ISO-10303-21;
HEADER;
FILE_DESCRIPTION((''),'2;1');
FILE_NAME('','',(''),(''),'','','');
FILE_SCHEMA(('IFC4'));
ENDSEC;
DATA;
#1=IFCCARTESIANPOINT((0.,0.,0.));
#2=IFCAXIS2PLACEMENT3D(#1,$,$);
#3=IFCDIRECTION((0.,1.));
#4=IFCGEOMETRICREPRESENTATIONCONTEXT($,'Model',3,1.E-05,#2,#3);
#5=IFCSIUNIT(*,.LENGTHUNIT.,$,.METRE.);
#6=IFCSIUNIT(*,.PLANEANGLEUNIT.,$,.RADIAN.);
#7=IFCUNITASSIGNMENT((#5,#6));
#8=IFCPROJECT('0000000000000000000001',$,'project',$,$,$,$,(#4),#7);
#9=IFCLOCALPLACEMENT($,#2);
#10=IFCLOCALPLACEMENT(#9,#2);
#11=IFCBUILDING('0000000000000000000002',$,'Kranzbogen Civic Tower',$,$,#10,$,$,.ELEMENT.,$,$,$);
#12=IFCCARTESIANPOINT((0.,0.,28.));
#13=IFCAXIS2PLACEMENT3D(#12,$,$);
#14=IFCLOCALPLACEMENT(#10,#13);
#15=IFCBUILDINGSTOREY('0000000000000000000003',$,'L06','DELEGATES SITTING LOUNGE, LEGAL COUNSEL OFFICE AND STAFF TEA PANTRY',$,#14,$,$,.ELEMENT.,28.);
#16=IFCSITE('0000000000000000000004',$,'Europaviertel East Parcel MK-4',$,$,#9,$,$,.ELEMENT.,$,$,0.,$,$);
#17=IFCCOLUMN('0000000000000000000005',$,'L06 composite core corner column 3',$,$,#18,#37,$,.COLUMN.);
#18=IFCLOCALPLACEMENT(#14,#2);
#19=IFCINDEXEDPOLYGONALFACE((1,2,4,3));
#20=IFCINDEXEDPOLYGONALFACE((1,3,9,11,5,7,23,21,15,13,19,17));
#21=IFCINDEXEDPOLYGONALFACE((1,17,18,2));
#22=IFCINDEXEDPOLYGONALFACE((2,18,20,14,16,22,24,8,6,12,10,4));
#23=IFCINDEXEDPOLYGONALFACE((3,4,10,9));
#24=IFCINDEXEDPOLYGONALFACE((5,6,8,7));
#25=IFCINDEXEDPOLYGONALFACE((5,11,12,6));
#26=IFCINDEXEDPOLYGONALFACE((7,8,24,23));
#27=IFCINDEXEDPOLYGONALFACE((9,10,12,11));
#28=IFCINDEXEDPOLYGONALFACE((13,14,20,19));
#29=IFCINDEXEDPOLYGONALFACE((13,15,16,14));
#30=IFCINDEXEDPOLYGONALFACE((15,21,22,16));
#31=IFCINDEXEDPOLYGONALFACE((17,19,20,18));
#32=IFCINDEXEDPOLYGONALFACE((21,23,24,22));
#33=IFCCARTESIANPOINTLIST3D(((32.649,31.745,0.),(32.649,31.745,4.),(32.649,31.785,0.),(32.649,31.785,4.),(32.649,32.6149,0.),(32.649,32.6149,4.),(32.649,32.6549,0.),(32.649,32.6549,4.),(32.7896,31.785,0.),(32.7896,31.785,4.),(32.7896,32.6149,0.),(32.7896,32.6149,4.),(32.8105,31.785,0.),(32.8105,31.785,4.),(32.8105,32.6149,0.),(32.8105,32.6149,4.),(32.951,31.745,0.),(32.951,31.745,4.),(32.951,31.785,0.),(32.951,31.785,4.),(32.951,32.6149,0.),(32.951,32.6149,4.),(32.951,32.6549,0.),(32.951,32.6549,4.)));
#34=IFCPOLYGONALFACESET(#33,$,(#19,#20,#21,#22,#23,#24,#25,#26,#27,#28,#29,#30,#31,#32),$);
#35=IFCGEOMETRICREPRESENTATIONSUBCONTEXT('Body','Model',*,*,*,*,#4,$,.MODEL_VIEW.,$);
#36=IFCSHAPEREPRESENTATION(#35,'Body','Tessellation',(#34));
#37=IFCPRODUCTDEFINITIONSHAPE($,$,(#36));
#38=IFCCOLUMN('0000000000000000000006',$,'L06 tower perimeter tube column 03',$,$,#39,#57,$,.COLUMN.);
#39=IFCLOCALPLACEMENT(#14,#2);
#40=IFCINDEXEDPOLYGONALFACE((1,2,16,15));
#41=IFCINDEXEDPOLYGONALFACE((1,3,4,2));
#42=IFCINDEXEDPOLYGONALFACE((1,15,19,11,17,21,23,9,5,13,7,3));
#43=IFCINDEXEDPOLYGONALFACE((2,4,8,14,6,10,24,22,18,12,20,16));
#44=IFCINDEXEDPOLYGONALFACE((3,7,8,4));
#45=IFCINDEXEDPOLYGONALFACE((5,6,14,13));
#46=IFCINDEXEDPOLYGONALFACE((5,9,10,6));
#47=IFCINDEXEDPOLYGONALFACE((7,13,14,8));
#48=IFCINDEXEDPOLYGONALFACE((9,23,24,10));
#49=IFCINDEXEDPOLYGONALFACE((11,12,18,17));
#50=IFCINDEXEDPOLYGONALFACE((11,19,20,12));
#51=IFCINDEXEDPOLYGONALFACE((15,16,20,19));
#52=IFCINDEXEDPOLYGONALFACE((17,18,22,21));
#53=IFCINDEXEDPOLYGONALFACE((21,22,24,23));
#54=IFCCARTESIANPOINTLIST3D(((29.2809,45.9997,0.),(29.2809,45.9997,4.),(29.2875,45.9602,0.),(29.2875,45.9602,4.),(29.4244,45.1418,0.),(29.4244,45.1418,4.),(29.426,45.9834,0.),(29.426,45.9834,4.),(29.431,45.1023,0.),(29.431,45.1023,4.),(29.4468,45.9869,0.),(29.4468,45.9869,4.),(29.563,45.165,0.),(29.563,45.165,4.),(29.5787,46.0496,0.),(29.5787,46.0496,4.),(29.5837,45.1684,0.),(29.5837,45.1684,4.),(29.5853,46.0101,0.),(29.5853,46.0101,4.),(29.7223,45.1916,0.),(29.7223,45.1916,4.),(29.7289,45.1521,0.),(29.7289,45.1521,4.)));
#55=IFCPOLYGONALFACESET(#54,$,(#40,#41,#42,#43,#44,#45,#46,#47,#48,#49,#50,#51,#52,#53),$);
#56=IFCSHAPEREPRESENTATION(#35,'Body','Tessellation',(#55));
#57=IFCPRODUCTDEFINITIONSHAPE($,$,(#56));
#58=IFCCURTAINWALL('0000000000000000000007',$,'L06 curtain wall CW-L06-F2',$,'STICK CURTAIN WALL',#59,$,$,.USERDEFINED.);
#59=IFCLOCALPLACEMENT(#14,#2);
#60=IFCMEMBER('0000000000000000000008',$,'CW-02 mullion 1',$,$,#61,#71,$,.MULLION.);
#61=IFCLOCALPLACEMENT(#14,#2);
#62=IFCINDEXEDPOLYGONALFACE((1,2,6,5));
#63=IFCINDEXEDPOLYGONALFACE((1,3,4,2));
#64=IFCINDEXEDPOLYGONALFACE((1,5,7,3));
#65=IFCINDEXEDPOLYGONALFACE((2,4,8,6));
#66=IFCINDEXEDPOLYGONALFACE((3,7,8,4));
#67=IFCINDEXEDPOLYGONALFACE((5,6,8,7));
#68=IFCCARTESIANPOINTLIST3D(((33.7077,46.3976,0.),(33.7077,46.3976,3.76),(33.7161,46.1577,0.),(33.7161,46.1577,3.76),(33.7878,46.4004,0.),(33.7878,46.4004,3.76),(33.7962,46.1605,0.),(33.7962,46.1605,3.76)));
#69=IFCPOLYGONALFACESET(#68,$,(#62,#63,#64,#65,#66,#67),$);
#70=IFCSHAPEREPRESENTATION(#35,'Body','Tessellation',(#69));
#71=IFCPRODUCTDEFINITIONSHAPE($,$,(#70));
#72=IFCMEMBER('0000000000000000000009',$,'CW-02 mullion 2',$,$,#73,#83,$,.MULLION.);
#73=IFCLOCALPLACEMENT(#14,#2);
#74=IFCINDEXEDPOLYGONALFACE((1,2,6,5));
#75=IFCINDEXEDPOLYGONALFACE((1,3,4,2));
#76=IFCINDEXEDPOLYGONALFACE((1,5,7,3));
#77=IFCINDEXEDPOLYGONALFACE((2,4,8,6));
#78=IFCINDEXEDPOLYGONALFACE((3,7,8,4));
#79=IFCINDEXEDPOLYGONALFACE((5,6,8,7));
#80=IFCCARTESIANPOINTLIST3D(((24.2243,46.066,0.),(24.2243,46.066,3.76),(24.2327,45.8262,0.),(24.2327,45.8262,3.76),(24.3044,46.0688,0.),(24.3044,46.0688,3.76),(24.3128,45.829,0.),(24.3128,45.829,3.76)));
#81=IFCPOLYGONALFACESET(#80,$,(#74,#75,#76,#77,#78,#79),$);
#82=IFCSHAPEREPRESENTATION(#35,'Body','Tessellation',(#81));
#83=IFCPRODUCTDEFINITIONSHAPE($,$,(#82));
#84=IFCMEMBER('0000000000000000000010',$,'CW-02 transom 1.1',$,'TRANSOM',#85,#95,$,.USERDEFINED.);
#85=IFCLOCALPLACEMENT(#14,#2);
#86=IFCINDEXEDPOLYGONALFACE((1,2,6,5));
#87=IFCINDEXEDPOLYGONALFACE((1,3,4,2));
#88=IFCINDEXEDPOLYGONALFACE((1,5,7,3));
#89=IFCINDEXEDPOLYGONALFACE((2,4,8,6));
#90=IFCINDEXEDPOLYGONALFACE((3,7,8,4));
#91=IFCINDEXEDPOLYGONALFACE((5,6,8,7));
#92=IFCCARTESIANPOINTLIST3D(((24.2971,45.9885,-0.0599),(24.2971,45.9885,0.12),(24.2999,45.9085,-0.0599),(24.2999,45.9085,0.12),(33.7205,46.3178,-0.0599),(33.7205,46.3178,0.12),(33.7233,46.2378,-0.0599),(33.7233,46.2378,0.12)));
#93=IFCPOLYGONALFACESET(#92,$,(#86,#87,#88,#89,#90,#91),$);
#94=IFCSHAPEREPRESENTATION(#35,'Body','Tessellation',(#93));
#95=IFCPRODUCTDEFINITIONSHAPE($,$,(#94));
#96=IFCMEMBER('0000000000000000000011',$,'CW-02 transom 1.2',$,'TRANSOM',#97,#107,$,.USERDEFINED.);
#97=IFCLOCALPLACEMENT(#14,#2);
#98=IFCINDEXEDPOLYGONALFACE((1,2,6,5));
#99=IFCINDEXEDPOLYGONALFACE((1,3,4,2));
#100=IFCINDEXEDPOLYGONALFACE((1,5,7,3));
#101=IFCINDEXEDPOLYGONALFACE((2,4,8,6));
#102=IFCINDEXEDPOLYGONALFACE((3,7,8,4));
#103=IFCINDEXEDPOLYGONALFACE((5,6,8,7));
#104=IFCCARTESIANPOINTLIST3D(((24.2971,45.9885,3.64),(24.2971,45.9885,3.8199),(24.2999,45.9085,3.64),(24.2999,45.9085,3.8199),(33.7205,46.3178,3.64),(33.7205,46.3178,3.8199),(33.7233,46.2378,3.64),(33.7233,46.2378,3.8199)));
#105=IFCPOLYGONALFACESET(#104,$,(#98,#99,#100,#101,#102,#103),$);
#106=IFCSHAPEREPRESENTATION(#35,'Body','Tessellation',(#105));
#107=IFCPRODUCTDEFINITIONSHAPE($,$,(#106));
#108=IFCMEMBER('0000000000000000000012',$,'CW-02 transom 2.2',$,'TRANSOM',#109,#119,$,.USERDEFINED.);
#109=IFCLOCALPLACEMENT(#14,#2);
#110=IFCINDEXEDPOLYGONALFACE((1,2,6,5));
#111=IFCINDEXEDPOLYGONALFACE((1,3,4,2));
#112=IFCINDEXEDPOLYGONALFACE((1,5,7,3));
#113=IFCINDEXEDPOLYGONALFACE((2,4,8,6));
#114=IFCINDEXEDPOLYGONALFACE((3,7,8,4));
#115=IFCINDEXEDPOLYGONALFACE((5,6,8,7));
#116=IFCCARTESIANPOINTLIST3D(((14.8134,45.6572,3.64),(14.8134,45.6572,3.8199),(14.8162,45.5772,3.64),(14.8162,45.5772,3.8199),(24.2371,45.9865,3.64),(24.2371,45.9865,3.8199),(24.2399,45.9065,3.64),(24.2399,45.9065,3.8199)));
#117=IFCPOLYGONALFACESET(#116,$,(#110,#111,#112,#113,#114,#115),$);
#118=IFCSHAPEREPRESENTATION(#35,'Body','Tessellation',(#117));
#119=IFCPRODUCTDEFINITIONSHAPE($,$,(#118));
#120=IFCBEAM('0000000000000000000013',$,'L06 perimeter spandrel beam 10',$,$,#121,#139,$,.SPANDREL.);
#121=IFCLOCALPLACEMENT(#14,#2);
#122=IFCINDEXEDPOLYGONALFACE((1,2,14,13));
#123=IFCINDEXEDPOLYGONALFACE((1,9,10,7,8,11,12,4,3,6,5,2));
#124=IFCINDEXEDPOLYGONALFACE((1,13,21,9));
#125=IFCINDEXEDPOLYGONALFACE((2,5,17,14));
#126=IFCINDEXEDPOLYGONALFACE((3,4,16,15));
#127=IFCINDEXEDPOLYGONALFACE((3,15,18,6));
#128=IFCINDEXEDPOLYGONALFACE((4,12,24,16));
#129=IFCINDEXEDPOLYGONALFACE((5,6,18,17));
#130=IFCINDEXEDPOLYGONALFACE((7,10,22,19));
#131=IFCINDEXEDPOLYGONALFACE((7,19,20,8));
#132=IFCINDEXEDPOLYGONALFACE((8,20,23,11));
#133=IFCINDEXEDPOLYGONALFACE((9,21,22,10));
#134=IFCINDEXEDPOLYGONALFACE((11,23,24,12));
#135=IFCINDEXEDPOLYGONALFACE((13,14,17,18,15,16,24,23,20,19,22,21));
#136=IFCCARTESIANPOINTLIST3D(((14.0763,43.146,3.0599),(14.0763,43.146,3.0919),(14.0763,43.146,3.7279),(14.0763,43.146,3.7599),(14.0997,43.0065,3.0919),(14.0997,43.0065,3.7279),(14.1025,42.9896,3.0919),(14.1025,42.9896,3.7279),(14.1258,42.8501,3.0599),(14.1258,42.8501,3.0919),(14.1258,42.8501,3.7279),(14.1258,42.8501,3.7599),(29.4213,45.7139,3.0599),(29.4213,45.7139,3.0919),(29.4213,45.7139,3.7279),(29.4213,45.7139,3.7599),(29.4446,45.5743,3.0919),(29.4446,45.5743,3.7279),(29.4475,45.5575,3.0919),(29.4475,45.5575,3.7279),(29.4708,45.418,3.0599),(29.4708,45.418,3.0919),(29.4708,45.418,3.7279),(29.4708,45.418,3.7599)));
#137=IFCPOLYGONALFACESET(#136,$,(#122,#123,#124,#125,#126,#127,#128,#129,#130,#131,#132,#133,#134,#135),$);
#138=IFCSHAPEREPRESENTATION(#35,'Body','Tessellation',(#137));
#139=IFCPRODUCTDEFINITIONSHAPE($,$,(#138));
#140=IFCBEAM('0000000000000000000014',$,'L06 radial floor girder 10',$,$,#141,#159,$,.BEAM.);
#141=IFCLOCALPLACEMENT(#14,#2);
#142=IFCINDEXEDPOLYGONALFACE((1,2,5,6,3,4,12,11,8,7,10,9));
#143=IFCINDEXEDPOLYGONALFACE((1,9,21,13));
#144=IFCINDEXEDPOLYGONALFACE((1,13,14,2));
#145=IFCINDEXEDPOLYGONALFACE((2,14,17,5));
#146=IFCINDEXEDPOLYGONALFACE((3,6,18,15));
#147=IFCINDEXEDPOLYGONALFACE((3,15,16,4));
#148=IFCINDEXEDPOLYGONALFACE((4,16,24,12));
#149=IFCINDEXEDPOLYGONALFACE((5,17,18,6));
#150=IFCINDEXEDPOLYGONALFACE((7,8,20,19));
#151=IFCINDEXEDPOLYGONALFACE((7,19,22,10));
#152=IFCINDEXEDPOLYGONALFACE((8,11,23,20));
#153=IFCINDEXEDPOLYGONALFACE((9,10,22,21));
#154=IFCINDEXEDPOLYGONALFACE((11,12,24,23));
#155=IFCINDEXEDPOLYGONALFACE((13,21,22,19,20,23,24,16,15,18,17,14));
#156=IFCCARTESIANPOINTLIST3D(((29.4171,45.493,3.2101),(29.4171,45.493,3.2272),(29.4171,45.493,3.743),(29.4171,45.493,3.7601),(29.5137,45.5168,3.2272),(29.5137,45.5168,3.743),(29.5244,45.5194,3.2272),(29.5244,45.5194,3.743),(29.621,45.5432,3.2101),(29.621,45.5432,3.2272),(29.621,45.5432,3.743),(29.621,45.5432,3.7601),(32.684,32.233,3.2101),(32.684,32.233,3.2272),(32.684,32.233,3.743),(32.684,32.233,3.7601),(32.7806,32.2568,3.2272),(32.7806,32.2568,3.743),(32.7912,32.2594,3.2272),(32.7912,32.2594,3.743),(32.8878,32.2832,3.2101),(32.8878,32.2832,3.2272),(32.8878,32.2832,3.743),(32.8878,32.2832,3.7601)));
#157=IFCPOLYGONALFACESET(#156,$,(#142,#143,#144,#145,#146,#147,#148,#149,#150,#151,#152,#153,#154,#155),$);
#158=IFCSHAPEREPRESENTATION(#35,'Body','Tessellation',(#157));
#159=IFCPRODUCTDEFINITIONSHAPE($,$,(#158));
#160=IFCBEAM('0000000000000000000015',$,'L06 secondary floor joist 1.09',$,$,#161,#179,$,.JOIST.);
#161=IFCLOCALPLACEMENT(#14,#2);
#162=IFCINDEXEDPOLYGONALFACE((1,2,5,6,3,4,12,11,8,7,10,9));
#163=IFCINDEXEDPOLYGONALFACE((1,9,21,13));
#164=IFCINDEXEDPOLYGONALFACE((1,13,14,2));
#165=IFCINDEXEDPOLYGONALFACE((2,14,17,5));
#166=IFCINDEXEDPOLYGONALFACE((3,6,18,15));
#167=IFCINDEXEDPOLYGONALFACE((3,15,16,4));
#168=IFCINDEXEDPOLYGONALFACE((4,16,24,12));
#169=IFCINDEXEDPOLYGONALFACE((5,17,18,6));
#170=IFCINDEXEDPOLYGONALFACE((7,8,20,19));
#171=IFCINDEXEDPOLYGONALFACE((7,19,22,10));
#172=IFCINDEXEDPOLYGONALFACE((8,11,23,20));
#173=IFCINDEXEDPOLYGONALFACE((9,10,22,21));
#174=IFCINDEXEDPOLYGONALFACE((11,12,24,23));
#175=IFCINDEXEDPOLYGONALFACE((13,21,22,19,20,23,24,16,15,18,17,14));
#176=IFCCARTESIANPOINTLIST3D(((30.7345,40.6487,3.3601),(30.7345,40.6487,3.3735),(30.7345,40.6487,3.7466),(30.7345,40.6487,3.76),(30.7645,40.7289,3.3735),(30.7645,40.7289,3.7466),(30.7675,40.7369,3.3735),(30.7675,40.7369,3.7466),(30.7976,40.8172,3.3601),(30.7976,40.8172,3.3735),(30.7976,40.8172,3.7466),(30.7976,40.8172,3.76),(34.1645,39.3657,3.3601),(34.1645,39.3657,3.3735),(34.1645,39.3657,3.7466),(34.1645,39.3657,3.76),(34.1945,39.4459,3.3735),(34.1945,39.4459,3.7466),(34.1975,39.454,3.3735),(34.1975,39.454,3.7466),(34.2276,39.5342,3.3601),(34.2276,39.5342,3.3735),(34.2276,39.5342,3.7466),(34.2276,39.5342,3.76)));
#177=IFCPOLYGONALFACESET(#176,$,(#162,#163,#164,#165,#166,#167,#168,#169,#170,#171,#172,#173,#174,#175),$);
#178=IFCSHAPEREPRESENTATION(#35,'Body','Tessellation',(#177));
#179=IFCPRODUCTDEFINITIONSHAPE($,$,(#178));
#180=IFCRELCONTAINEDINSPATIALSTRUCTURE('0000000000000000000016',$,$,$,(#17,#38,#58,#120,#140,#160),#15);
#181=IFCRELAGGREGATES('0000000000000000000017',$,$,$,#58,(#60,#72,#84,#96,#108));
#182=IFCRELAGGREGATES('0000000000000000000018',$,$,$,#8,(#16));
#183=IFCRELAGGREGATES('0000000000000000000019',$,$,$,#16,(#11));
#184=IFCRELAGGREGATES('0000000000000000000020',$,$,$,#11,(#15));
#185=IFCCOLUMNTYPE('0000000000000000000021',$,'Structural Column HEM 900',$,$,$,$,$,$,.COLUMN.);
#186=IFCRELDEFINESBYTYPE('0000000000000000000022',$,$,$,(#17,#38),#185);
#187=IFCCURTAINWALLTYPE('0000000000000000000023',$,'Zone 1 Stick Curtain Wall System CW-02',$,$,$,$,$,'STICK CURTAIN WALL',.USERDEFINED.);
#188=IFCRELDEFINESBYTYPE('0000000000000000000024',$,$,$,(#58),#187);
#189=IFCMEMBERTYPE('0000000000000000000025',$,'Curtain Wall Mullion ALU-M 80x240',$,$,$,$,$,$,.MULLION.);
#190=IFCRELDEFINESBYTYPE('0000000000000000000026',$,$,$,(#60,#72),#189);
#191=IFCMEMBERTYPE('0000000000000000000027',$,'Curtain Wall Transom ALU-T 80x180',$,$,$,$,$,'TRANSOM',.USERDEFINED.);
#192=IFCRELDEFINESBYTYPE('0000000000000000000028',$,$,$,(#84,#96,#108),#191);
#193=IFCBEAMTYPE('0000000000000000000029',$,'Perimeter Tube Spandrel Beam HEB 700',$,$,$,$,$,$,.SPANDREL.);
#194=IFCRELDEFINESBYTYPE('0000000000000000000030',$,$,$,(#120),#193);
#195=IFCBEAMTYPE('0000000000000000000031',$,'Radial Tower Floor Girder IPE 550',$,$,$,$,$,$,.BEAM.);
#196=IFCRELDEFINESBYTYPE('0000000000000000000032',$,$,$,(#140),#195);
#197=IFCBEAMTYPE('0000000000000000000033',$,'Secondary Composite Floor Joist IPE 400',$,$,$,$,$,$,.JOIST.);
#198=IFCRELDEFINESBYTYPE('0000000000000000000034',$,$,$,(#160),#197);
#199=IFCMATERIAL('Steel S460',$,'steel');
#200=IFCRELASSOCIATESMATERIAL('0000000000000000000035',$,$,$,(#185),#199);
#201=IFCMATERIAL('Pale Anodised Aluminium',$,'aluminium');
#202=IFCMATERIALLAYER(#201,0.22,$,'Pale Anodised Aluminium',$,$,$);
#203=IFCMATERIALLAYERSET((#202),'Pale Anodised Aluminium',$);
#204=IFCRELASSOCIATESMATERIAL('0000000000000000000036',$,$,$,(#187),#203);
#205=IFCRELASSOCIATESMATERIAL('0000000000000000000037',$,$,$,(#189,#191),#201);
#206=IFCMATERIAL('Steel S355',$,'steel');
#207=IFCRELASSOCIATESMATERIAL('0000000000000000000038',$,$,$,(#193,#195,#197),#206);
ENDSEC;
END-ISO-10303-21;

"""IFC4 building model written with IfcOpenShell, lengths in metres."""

from ifc_helpers import new_model, si_unit, direction, frame, origin, origin_2d, place, context, subcontext, project, spatial, rectangle, i_section, extrude, material, layer, layer_set, material_profile, profile_set, type_object, element, aggregate, save


model = new_model("IFC4")

# Units and contexts
model_context = context("Model", 3, precision=1e-05, world=origin(), true_north=direction((0.0, 1.0)))
body_context = subcontext(model_context, "Body", "Model", "MODEL_VIEW")
ifc_project = project(units=[si_unit("LENGTHUNIT", "METRE"), si_unit("PLANEANGLEUNIT", "RADIAN")], contexts=[model_context])

# Site, building, storey
site_placement = place(None, origin())
site = spatial("IfcSite", under=ifc_project, at=site_placement, Name="Europaviertel East Parcel MK-4", CompositionType="ELEMENT", RefElevation=0.0)
building_placement = place(site_placement, origin())
building = spatial("IfcBuilding", under=site, at=building_placement, Name="Kranzbogen Civic Tower", CompositionType="ELEMENT")
storey_placement = place(building_placement, frame((0.0, 0.0, 28.0)))
storey = spatial("IfcBuildingStorey", under=building, at=storey_placement, Name="L06", Description="DELEGATES SITTING LOUNGE, LEGAL COUNSEL OFFICE AND STAFF TEA PANTRY", CompositionType="ELEMENT", Elevation=28.0)

# Columns
ifc_material_1 = material(Name="Steel S460", Category="steel")
ifc_material_profile_1 = material_profile(ifc_material_1, i_section(OverallWidth=0.302, OverallDepth=0.9099, WebThickness=0.021, FlangeThickness=0.04, at=origin_2d()), Name="HEM 900")
ifc_profile_set_1 = profile_set([ifc_material_profile_1], Name="Steel S460")
column_type = type_object("IfcColumnType", Name="Structural Column HEM 900", PredefinedType="COLUMN", material=ifc_profile_set_1)
for number, where, z_axis, x_axis, name in (
    (1, (32.8, 32.2, 0.0), (0.0, 0.0, 1.0), (1.0, 0.0, 0.0), "L06 composite core corner column 3"),
    (2, (29.5049, 45.5759, 0.0), (0.0, 0.0, 1.0), (0.986286, 0.165048, 0.0), "L06 tower perimeter tube column 03"),
):
    element("IfcColumn", number, at=place(storey_placement, frame(where, z_axis=z_axis, x_axis=x_axis)), inside=storey, type_object=column_type, Name=name, PredefinedType="COLUMN", context=body_context, shape_type="SweptSolid", body=[
        extrude(i_section(OverallWidth=0.302, OverallDepth=0.9099, WebThickness=0.021, FlangeThickness=0.04, at=origin_2d()), origin(), (0.0, 0.0, 1.0), 4.0),
    ])

# Curtain wall, members
ifc_material_2 = material(Name="Pale Anodised Aluminium", Category="aluminium")
ifc_layer_1 = layer(ifc_material_2, 0.22, Name="Pale Anodised Aluminium")
ifc_layer_set_1 = layer_set([ifc_layer_1], Name="Pale Anodised Aluminium")
curtain_wall_type = type_object("IfcCurtainWallType", Name="Zone 1 Stick Curtain Wall System CW-02", ElementType="STICK CURTAIN WALL", PredefinedType="USERDEFINED", material=ifc_layer_set_1)
curtain_wall_placement = place(storey_placement, origin())
curtain_wall = element("IfcCurtainWall", 3, at=curtain_wall_placement, inside=storey, type_object=curtain_wall_type, Name="L06 curtain wall CW-L06-F2", ObjectType="STICK CURTAIN WALL", PredefinedType="USERDEFINED")
ifc_material_profile_2 = material_profile(ifc_material_2, rectangle(XDim=0.0801, YDim=0.24, at=origin_2d()), Name="ALU-M 80x240")
ifc_profile_set_2 = profile_set([ifc_material_profile_2], Name="Pale Anodised Aluminium")
member_type_1 = type_object("IfcMemberType", Name="Curtain Wall Mullion ALU-M 80x240", PredefinedType="MULLION", material=ifc_profile_set_2)
member_1_placement = place(storey_placement, frame((33.752, 46.2791, 0.0), z_axis=(0.0, 0.0, 1.0), x_axis=(-0.99939, -0.034929, 0.0)))
member_1 = element("IfcMember", 4, at=member_1_placement, type_object=member_type_1, Name="CW-02 mullion 1", PredefinedType="MULLION", context=body_context, shape_type="SweptSolid", body=[
    extrude(rectangle(XDim=0.0801, YDim=0.24, at=origin_2d()), origin(), (0.0, 0.0, 1.0), 3.76),
])
member_2_placement = place(storey_placement, frame((24.2686, 45.9475, 0.0), z_axis=(0.0, 0.0, 1.0), x_axis=(-0.99939, -0.034929, 0.0)))
member_2 = element("IfcMember", 5, at=member_2_placement, type_object=member_type_1, Name="CW-02 mullion 2", PredefinedType="MULLION", context=body_context, shape_type="SweptSolid", body=[
    extrude(rectangle(XDim=0.0801, YDim=0.24, at=origin_2d()), origin(), (0.0, 0.0, 1.0), 3.76),
])
ifc_material_profile_3 = material_profile(ifc_material_2, rectangle(XDim=0.0801, YDim=0.1799, at=origin_2d()), Name="ALU-T 80x180")
ifc_profile_set_3 = profile_set([ifc_material_profile_3], Name="Pale Anodised Aluminium")
member_type_2 = type_object("IfcMemberType", Name="Curtain Wall Transom ALU-T 80x180", ElementType="TRANSOM", PredefinedType="USERDEFINED", material=ifc_profile_set_3)
member_3_placement = place(storey_placement, frame((33.7219, 46.2778, 0.03), z_axis=(-0.99939, -0.034929, 0.0), x_axis=(0.034929, -0.99939, 0.0)))
member_3 = element("IfcMember", 6, at=member_3_placement, type_object=member_type_2, Name="CW-02 transom 1.1", ObjectType="TRANSOM", PredefinedType="USERDEFINED", context=body_context, shape_type="SweptSolid", body=[
    extrude(rectangle(XDim=0.0801, YDim=0.1799, at=origin_2d()), origin(), (0.0, 0.0, 1.0), 9.4292),
])
member_4_placement = place(storey_placement, frame((33.7219, 46.2778, 3.73), z_axis=(-0.99939, -0.034929, 0.0), x_axis=(0.034929, -0.99939, 0.0)))
member_4 = element("IfcMember", 7, at=member_4_placement, type_object=member_type_2, Name="CW-02 transom 1.2", ObjectType="TRANSOM", PredefinedType="USERDEFINED", context=body_context, shape_type="SweptSolid", body=[
    extrude(rectangle(XDim=0.0801, YDim=0.1799, at=origin_2d()), origin(), (0.0, 0.0, 1.0), 9.4292),
])
member_5_placement = place(storey_placement, frame((24.2385, 45.9465, 3.73), z_axis=(-0.99939, -0.034928, 0.0), x_axis=(0.034928, -0.99939, 0.0)))
member_5 = element("IfcMember", 8, at=member_5_placement, type_object=member_type_2, Name="CW-02 transom 2.2", ObjectType="TRANSOM", PredefinedType="USERDEFINED", context=body_context, shape_type="SweptSolid", body=[
    extrude(rectangle(XDim=0.0801, YDim=0.1799, at=origin_2d()), origin(), (0.0, 0.0, 1.0), 9.4294),
])

# Beams
ifc_material_3 = material(Name="Steel S355", Category="steel")
ifc_material_profile_4 = material_profile(ifc_material_3, i_section(OverallWidth=0.3, OverallDepth=0.7, WebThickness=0.0171, FlangeThickness=0.032, at=origin_2d()), Name="HEB 700")
ifc_profile_set_4 = profile_set([ifc_material_profile_4], Name="Steel S355")
beam_type_1 = type_object("IfcBeamType", Name="Perimeter Tube Spandrel Beam HEB 700", PredefinedType="SPANDREL", material=ifc_profile_set_4)
beam_1_placement = place(storey_placement, frame((29.446, 45.5659, 3.4099), z_axis=(-0.986286, -0.165048, 0.0), x_axis=(0.165048, -0.986286, 0.0)))
element("IfcBeam", 9, at=beam_1_placement, inside=storey, type_object=beam_type_1, Name="L06 perimeter spandrel beam 10", PredefinedType="SPANDREL", context=body_context, shape_type="SweptSolid", body=[
    extrude(i_section(OverallWidth=0.3, OverallDepth=0.7, WebThickness=0.0171, FlangeThickness=0.032, at=origin_2d()), origin(), (0.0, 0.0, 1.0), 15.5583),
])
ifc_material_profile_5 = material_profile(ifc_material_3, i_section(OverallWidth=0.21, OverallDepth=0.55, WebThickness=0.011, FlangeThickness=0.0171, at=origin_2d()), Name="IPE 550")
ifc_profile_set_5 = profile_set([ifc_material_profile_5], Name="Steel S355")
beam_type_2 = type_object("IfcBeamType", Name="Radial Tower Floor Girder IPE 550", PredefinedType="BEAM", material=ifc_profile_set_5)
beam_2_placement = place(storey_placement, frame((29.519, 45.5181, 3.4851), z_axis=(0.239215, -0.970967, 0.0), x_axis=(0.970967, 0.239215, 0.0)))
element("IfcBeam", 10, at=beam_2_placement, inside=storey, type_object=beam_type_2, Name="L06 radial floor girder 10", PredefinedType="BEAM", context=body_context, shape_type="SweptSolid", body=[
    extrude(i_section(OverallWidth=0.21, OverallDepth=0.55, WebThickness=0.011, FlangeThickness=0.0171, at=origin_2d()), origin(), (0.0, 0.0, 1.0), 13.6565),
])
ifc_material_profile_6 = material_profile(ifc_material_3, i_section(OverallWidth=0.1799, OverallDepth=0.3999, WebThickness=0.0085, FlangeThickness=0.0134, at=origin_2d()), Name="IPE 400")
ifc_profile_set_6 = profile_set([ifc_material_profile_6], Name="Steel S355")
beam_type_3 = type_object("IfcBeamType", Name="Secondary Composite Floor Joist IPE 400", PredefinedType="JOIST", material=ifc_profile_set_6)
beam_3_placement = place(storey_placement, frame((34.196, 39.45, 3.5601), z_axis=(-0.936622, 0.350342, 0.0), x_axis=(-0.350342, -0.936622, 0.0)))
element("IfcBeam", 11, at=beam_3_placement, inside=storey, type_object=beam_type_3, Name="L06 secondary floor joist 1.09", PredefinedType="JOIST", context=body_context, shape_type="SweptSolid", body=[
    extrude(i_section(OverallWidth=0.1799, OverallDepth=0.3999, WebThickness=0.0085, FlangeThickness=0.0134, at=origin_2d()), origin(), (0.0, 0.0, 1.0), 3.6621),
])

aggregate(curtain_wall, [member_1, member_2, member_3, member_4, member_5])

save(model, "model.ifc")
